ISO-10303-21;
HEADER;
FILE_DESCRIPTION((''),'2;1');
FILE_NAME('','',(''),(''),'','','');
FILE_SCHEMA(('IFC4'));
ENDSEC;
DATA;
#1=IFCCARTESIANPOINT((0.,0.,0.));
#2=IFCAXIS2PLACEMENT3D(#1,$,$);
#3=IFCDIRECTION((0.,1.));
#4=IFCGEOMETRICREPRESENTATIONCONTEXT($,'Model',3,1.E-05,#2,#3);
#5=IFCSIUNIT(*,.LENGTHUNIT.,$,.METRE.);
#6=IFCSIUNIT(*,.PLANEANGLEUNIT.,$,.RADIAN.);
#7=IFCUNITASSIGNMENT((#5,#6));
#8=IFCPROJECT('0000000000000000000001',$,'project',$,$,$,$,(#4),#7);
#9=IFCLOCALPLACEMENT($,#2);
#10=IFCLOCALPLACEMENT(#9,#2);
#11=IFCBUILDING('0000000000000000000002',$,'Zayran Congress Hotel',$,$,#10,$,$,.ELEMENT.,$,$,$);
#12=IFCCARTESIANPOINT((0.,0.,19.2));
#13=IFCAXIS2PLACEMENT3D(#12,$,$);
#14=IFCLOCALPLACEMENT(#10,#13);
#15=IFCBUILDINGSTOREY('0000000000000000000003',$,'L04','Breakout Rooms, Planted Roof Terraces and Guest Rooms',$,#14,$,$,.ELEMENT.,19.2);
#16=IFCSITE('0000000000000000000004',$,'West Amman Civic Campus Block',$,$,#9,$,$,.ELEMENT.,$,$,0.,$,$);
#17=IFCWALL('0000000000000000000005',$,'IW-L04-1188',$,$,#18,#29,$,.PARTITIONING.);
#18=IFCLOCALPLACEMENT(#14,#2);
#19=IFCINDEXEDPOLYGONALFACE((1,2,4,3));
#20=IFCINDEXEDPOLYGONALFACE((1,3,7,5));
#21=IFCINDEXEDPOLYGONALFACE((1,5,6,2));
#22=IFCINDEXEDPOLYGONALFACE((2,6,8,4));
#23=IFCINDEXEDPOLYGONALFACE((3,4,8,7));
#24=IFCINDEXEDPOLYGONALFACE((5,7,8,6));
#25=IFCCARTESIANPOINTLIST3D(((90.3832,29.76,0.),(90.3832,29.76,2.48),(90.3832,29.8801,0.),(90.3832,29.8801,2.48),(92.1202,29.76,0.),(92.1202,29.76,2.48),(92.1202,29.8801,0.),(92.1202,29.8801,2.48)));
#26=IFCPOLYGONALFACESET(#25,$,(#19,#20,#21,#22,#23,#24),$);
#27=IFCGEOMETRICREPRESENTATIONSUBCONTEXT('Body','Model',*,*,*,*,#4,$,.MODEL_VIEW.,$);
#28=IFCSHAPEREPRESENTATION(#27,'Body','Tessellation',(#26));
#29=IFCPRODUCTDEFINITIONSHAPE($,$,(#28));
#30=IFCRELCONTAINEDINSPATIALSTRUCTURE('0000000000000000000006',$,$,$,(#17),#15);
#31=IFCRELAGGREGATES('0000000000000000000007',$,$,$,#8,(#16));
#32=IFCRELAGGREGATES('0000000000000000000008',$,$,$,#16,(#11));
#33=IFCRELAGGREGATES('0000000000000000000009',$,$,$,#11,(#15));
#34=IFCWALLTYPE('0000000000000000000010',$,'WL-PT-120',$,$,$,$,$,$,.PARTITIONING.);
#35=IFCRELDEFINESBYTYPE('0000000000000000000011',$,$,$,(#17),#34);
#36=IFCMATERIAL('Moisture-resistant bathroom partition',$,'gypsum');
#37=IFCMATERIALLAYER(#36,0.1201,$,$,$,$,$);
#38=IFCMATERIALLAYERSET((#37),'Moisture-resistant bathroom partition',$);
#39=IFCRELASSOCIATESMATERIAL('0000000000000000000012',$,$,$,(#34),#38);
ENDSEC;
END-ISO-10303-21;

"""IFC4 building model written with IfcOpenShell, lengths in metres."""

from ifc_helpers import new_model, si_unit, direction, frame, frame_2d, origin, place, context, subcontext, project, spatial, rectangle, extrude, material, layer, layer_set, type_object, element, save


model = new_model("IFC4")

# Units and contexts
model_context = context("Model", 3, precision=1e-05, world=origin(), true_north=direction((0.0, 1.0)))
body_context = subcontext(model_context, "Body", "Model", "MODEL_VIEW")
ifc_project = project(units=[si_unit("LENGTHUNIT", "METRE"), si_unit("PLANEANGLEUNIT", "RADIAN")], contexts=[model_context])

# Site, building, storey
site_placement = place(None, origin())
site = spatial("IfcSite", under=ifc_project, at=site_placement, Name="West Amman Civic Campus Block", CompositionType="ELEMENT", RefElevation=0.0)
building_placement = place(site_placement, origin())
building = spatial("IfcBuilding", under=site, at=building_placement, Name="Zayran Congress Hotel", CompositionType="ELEMENT")
storey_placement = place(building_placement, frame((0.0, 0.0, 19.2)))
storey = spatial("IfcBuildingStorey", under=building, at=storey_placement, Name="L04", Description="Breakout Rooms, Planted Roof Terraces and Guest Rooms", CompositionType="ELEMENT", Elevation=19.2)

# Shared definitions
ifc_material_1 = material(Name="Moisture-resistant bathroom partition", Category="gypsum")
ifc_layer_1 = layer(ifc_material_1, 0.1201)
ifc_layer_set_1 = layer_set([ifc_layer_1], Name="Moisture-resistant bathroom partition")
wall_type_1 = type_object("IfcWallType", Name="WL-PT-120", PredefinedType="PARTITIONING", material=ifc_layer_set_1)

# Wall
for number, where, z_axis, x_axis, name in (
    (1, (90.3831, 29.8201, 0.0), (0.0, 0.0, 1.0), (1.0, 0.0, 0.0), "IW-L04-1188"),
):
    element("IfcWall", number, at=place(storey_placement, frame(where, z_axis=z_axis, x_axis=x_axis)), inside=storey, type_object=wall_type_1, Name=name, PredefinedType="PARTITIONING", context=body_context, shape_type="SweptSolid", body=[
        extrude(rectangle(XDim=1.7371, YDim=0.1201, at=frame_2d((0.8687, 0.0))), origin(), (0.0, 0.0, 1.0), 2.48),
    ])

save(model, "model.ifc")
